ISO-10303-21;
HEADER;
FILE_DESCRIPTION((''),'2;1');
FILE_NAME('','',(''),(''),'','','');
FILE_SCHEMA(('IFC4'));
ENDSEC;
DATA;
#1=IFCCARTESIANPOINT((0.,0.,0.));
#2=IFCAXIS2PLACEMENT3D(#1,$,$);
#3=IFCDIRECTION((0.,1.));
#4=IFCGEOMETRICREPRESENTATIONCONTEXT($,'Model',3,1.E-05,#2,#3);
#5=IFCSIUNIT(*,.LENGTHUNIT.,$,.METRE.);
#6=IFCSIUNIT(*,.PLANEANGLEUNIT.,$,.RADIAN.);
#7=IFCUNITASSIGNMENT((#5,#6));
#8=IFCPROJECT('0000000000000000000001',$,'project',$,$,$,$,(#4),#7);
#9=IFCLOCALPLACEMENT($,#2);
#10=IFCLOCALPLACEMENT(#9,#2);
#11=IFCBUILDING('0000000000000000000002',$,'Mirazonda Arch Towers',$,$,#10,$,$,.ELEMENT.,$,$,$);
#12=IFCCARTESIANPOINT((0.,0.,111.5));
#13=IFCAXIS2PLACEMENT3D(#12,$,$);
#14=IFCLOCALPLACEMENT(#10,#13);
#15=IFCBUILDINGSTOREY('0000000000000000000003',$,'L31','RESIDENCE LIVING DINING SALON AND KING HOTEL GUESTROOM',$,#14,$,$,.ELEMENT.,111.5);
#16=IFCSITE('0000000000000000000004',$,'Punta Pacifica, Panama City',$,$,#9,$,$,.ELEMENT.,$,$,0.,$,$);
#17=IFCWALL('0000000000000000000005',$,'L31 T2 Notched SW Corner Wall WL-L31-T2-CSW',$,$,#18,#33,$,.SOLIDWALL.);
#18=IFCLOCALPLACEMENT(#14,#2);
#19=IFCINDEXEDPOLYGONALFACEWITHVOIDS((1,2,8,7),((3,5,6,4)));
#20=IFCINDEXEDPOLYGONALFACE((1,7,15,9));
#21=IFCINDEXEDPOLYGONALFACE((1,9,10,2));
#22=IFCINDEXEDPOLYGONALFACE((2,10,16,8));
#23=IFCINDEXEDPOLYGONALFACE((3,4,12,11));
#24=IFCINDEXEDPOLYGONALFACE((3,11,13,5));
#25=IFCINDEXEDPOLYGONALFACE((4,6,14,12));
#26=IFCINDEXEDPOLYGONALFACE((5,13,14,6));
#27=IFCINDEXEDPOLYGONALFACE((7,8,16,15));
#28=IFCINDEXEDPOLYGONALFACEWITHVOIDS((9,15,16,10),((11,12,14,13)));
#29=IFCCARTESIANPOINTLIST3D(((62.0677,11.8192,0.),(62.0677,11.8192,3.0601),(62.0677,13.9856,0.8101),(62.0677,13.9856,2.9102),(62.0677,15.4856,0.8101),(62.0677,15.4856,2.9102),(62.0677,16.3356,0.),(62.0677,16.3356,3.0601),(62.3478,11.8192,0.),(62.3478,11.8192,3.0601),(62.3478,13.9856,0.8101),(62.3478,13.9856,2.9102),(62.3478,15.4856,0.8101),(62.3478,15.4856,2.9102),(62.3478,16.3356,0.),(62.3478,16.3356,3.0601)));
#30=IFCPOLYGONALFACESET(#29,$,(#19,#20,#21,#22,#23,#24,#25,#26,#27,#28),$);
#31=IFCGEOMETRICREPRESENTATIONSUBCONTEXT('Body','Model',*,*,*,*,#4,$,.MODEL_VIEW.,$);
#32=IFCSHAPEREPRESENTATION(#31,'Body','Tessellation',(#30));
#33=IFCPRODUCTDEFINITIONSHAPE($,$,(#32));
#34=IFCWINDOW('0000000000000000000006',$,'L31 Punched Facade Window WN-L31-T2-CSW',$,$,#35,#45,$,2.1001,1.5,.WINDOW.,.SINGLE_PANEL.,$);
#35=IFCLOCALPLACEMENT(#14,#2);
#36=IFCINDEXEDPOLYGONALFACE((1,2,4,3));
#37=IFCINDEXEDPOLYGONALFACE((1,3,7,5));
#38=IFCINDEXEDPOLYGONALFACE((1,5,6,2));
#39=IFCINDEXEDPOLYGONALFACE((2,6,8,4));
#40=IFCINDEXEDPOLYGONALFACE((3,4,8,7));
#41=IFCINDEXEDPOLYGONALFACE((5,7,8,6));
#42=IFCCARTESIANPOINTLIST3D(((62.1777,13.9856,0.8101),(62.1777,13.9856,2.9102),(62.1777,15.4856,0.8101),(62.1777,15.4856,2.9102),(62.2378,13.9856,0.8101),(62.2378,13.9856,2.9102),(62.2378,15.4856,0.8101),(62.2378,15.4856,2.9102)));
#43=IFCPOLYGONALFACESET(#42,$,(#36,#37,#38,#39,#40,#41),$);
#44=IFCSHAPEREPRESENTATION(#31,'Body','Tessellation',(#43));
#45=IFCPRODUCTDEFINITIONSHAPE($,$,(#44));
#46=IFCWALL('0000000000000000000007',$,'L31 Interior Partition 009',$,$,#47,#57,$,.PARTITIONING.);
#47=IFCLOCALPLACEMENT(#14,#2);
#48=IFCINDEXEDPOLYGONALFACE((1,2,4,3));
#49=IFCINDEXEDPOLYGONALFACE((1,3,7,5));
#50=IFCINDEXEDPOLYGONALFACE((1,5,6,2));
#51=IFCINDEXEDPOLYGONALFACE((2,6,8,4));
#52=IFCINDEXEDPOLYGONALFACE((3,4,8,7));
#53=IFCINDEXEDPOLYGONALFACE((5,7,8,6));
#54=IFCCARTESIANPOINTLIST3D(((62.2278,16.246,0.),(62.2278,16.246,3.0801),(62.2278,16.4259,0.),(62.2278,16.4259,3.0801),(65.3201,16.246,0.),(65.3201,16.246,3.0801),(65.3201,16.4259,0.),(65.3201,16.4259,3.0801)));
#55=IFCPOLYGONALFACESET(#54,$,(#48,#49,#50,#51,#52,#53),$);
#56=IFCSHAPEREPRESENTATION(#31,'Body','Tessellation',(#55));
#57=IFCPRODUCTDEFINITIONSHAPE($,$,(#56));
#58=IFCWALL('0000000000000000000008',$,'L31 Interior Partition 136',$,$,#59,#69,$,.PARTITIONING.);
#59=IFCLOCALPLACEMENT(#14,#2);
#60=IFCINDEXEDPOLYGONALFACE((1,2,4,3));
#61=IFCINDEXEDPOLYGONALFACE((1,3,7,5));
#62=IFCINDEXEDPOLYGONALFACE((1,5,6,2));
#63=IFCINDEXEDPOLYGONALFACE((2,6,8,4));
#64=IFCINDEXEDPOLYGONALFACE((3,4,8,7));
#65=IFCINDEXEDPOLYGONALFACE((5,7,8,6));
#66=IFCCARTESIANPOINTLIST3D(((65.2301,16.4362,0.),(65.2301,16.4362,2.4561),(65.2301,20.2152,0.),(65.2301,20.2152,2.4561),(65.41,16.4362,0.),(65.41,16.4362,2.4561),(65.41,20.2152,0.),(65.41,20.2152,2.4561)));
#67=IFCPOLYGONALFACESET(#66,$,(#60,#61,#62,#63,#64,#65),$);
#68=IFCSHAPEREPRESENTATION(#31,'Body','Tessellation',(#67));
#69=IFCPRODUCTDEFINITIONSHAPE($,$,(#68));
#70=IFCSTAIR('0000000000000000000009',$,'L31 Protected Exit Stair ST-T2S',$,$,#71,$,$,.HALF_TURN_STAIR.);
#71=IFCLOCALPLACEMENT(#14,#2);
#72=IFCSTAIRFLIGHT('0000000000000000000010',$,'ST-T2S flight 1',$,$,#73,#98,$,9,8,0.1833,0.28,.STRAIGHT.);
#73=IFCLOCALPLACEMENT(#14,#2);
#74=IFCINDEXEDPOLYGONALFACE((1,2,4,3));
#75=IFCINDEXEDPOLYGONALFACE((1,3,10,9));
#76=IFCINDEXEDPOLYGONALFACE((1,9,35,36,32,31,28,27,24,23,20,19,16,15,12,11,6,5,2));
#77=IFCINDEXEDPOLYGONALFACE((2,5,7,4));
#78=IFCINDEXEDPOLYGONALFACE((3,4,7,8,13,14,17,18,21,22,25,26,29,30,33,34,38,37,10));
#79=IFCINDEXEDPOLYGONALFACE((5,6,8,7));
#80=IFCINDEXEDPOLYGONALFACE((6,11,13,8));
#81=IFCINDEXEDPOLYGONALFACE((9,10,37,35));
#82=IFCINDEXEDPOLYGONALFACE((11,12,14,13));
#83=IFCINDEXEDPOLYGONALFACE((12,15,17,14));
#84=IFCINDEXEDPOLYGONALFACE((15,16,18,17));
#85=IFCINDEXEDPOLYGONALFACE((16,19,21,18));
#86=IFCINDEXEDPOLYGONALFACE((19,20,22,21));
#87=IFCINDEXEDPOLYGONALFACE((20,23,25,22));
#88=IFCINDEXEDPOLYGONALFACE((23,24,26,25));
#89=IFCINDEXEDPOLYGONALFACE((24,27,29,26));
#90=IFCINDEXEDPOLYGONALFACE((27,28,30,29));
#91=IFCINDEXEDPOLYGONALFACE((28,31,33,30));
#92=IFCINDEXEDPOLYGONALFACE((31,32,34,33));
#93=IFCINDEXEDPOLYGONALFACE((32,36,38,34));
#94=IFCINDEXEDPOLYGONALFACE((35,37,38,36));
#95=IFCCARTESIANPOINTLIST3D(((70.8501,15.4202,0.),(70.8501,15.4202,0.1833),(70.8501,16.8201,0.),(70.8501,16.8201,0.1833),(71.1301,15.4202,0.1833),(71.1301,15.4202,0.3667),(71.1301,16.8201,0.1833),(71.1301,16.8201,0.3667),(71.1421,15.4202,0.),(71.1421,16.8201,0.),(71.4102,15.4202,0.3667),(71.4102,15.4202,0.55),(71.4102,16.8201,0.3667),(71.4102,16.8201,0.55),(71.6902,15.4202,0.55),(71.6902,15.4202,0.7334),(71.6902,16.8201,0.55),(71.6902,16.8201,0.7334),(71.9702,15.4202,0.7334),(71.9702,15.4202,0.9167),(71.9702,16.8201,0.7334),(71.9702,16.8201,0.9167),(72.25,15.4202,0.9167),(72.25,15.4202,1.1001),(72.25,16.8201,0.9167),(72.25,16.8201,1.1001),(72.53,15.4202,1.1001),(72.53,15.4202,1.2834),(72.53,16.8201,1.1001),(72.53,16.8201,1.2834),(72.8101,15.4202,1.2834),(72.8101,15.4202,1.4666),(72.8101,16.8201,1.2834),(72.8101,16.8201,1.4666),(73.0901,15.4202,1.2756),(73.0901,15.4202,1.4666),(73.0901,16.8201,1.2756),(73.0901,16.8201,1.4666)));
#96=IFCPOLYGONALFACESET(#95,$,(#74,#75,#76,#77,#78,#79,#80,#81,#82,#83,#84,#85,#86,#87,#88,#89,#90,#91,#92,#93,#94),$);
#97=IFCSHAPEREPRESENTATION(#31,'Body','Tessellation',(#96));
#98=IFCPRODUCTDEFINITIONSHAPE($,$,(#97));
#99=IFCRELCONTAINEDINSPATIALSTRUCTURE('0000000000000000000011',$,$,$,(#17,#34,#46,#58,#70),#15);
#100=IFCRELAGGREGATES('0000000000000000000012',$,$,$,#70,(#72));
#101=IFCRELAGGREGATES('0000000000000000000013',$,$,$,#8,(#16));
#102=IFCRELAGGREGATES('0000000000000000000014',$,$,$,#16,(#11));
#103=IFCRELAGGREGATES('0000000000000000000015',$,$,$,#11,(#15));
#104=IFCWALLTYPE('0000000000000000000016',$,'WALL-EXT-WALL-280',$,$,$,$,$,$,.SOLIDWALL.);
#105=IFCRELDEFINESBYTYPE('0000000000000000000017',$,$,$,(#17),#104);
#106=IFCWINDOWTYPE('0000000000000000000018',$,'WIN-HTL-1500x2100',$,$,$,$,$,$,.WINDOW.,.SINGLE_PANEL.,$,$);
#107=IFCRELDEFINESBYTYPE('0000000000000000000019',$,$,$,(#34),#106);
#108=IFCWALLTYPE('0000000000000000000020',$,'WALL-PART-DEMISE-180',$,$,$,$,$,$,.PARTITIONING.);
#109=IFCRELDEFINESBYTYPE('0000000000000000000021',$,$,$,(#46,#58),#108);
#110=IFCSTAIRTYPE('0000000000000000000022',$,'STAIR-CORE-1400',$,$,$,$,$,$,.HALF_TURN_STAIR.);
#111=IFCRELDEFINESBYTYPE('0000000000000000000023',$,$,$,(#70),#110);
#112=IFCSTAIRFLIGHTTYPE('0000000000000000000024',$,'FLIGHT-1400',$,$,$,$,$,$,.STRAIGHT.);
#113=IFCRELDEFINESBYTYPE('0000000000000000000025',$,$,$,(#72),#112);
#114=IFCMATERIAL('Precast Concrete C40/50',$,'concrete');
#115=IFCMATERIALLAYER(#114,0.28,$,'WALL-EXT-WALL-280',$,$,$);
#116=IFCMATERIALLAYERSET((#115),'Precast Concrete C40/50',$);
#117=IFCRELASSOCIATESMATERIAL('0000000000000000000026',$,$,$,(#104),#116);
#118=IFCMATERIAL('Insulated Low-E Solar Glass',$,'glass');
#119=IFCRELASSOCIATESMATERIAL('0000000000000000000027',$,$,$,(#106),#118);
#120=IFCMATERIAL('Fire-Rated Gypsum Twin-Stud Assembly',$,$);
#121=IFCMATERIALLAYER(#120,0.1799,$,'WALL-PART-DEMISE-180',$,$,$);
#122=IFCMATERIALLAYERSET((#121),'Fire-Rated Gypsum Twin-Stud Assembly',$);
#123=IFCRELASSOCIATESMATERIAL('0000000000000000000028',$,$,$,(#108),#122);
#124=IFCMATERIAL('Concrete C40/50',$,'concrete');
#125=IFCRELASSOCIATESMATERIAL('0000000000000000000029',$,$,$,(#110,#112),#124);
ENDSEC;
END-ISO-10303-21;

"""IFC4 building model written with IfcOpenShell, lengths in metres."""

from ifc_helpers import new_model, si_unit, direction, frame, frame_2d, origin, place, context, subcontext, project, spatial, polyline, rectangle, outline, extrude, material, layer, layer_set, type_object, element, fill, aggregate, save


model = new_model("IFC4")

# Units and contexts
model_context = context("Model", 3, precision=1e-05, world=origin(), true_north=direction((0.0, 1.0)))
body_context = subcontext(model_context, "Body", "Model", "MODEL_VIEW")
ifc_project = project(units=[si_unit("LENGTHUNIT", "METRE"), si_unit("PLANEANGLEUNIT", "RADIAN")], contexts=[model_context])

# Site, building, storey
site_placement = place(None, origin())
site = spatial("IfcSite", under=ifc_project, at=site_placement, Name="Punta Pacifica, Panama City", CompositionType="ELEMENT", RefElevation=0.0)
building_placement = place(site_placement, origin())
building = spatial("IfcBuilding", under=site, at=building_placement, Name="Mirazonda Arch Towers", CompositionType="ELEMENT")
storey_placement = place(building_placement, frame((0.0, 0.0, 111.5)))
storey = spatial("IfcBuildingStorey", under=building, at=storey_placement, Name="L31", Description="RESIDENCE LIVING DINING SALON AND KING HOTEL GUESTROOM", CompositionType="ELEMENT", Elevation=111.5)

# Shared definitions
ifc_material_1 = material(Name="Insulated Low-E Solar Glass", Category="glass")

# Wall, opening, window
ifc_material_2 = material(Name="Precast Concrete C40/50", Category="concrete")
ifc_layer_1 = layer(ifc_material_2, 0.28, Name="WALL-EXT-WALL-280")
ifc_layer_set_1 = layer_set([ifc_layer_1], Name="Precast Concrete C40/50")
wall_type_1 = type_object("IfcWallType", Name="WALL-EXT-WALL-280", PredefinedType="SOLIDWALL", material=ifc_layer_set_1)
wall_1_placement = place(storey_placement, frame((62.2078, 16.3357, 0.0), z_axis=(0.0, 0.0, 1.0), x_axis=(0.0, -1.0, 0.0)))
wall_1 = element("IfcWall", 1, at=wall_1_placement, inside=storey, type_object=wall_type_1, Name="L31 T2 Notched SW Corner Wall WL-L31-T2-CSW", PredefinedType="SOLIDWALL", context=body_context, shape_type="SweptSolid", body=[
    extrude(rectangle(XDim=4.5164, YDim=0.28, at=frame_2d((2.2583, 0.0))), origin(), (0.0, 0.0, 1.0), 3.0601),
])
opening_placement = place(wall_1_placement, frame((0.8501, 0.0, 0.8101)))
opening = element("IfcOpeningElement", 2, at=opening_placement, cuts=wall_1, PredefinedType="OPENING", context=body_context, shape_type="SweptSolid", body=[
    extrude(rectangle(XDim=1.5, YDim=2.1001, at=frame_2d((0.75, 1.05))), frame((0.0, 0.1499, 0.0), z_axis=(0.0, -1.0, 0.0), x_axis=(1.0, 0.0, 0.0)), (0.0, 0.0, 1.0), 0.3),
])
window_type = type_object("IfcWindowType", Name="WIN-HTL-1500x2100", PartitioningType="SINGLE_PANEL", PredefinedType="WINDOW", material=ifc_material_1)
window_placement = place(opening_placement, origin())
window = element("IfcWindow", 3, at=window_placement, inside=storey, type_object=window_type, Name="L31 Punched Facade Window WN-L31-T2-CSW", OverallHeight=2.1001, OverallWidth=1.5, PartitioningType="SINGLE_PANEL", PredefinedType="WINDOW", context=body_context, shape_type="SweptSolid", body=[
    extrude(rectangle(XDim=1.5, YDim=2.1001, at=frame_2d((0.75, 1.05))), frame((0.0, 0.03, 0.0), z_axis=(0.0, -1.0, 0.0), x_axis=(1.0, 0.0, 0.0)), (0.0, 0.0, 1.0), 0.0601),
])
fill(opening, window)

# Walls
ifc_material_3 = material(Name="Fire-Rated Gypsum Twin-Stud Assembly")
ifc_layer_2 = layer(ifc_material_3, 0.1799, Name="WALL-PART-DEMISE-180")
ifc_layer_set_2 = layer_set([ifc_layer_2], Name="Fire-Rated Gypsum Twin-Stud Assembly")
wall_type_2 = type_object("IfcWallType", Name="WALL-PART-DEMISE-180", PredefinedType="PARTITIONING", material=ifc_layer_set_2)
wall_2_placement = place(storey_placement, frame((62.2278, 16.3359, 0.0), z_axis=(0.0, 0.0, 1.0), x_axis=(1.0, 0.0, 0.0)))
element("IfcWall", 4, at=wall_2_placement, inside=storey, type_object=wall_type_2, Name="L31 Interior Partition 009", PredefinedType="PARTITIONING", context=body_context, shape_type="SweptSolid", body=[
    extrude(rectangle(XDim=3.0923, YDim=0.1799, at=frame_2d((1.5461, 0.0))), origin(), (0.0, 0.0, 1.0), 3.0801),
])
wall_3_placement = place(storey_placement, frame((65.3201, 16.436, 0.0), z_axis=(0.0, 0.0, 1.0), x_axis=(0.0, 1.0, 0.0)))
element("IfcWall", 5, at=wall_3_placement, inside=storey, type_object=wall_type_2, Name="L31 Interior Partition 136", PredefinedType="PARTITIONING", context=body_context, shape_type="SweptSolid", body=[
    extrude(rectangle(XDim=3.7791, YDim=0.1799, at=frame_2d((1.8896, 0.0))), origin(), (0.0, 0.0, 1.0), 2.4561),
])

# Stair, stair flight
ifc_material_4 = material(Name="Concrete C40/50", Category="concrete")
stair_type = type_object("IfcStairType", Name="STAIR-CORE-1400", PredefinedType="HALF_TURN_STAIR", material=ifc_material_4)
stair_placement = place(storey_placement, origin())
stair = element("IfcStair", 6, at=stair_placement, inside=storey, type_object=stair_type, Name="L31 Protected Exit Stair ST-T2S", PredefinedType="HALF_TURN_STAIR")
stair_flight_type = type_object("IfcStairFlightType", Name="FLIGHT-1400", PredefinedType="STRAIGHT", material=ifc_material_4)
stair_flight_placement = place(storey_placement, frame((70.8501, 16.1201, 0.0), z_axis=(0.0, 0.0, 1.0), x_axis=(1.0, 0.0, 0.0)))
stair_flight = element("IfcStairFlight", 7, at=stair_flight_placement, type_object=stair_flight_type, Name="ST-T2S flight 1", NumberOfRisers=9, NumberOfTreads=8, PredefinedType="STRAIGHT", RiserHeight=0.1833, TreadLength=0.28, context=body_context, shape_type="SweptSolid", body=[
    extrude(outline(polyline([(0.0, 0.0), (0.0, 0.1833), (0.28, 0.1833), (0.28, 0.3667), (0.5601, 0.3667), (0.5601, 0.55), (0.8401, 0.55), (0.8401, 0.7334), (1.1201, 0.7334), (1.1201, 0.9167), (1.3999, 0.9167), (1.3999, 1.1001), (1.6799, 1.1001), (1.6799, 1.2834), (1.96, 1.2834), (1.96, 1.4666), (2.24, 1.4666), (2.24, 1.6499), (2.24, 1.2756), (0.292, 0.0), (0.0, 0.0)])), frame((0.0, 0.7, 0.0), z_axis=(0.0, -1.0, 0.0), x_axis=(1.0, 0.0, 0.0)), (0.0, 0.0, 1.0), 1.3999),
])
aggregate(stair, [stair_flight])

save(model, "model.ifc")
